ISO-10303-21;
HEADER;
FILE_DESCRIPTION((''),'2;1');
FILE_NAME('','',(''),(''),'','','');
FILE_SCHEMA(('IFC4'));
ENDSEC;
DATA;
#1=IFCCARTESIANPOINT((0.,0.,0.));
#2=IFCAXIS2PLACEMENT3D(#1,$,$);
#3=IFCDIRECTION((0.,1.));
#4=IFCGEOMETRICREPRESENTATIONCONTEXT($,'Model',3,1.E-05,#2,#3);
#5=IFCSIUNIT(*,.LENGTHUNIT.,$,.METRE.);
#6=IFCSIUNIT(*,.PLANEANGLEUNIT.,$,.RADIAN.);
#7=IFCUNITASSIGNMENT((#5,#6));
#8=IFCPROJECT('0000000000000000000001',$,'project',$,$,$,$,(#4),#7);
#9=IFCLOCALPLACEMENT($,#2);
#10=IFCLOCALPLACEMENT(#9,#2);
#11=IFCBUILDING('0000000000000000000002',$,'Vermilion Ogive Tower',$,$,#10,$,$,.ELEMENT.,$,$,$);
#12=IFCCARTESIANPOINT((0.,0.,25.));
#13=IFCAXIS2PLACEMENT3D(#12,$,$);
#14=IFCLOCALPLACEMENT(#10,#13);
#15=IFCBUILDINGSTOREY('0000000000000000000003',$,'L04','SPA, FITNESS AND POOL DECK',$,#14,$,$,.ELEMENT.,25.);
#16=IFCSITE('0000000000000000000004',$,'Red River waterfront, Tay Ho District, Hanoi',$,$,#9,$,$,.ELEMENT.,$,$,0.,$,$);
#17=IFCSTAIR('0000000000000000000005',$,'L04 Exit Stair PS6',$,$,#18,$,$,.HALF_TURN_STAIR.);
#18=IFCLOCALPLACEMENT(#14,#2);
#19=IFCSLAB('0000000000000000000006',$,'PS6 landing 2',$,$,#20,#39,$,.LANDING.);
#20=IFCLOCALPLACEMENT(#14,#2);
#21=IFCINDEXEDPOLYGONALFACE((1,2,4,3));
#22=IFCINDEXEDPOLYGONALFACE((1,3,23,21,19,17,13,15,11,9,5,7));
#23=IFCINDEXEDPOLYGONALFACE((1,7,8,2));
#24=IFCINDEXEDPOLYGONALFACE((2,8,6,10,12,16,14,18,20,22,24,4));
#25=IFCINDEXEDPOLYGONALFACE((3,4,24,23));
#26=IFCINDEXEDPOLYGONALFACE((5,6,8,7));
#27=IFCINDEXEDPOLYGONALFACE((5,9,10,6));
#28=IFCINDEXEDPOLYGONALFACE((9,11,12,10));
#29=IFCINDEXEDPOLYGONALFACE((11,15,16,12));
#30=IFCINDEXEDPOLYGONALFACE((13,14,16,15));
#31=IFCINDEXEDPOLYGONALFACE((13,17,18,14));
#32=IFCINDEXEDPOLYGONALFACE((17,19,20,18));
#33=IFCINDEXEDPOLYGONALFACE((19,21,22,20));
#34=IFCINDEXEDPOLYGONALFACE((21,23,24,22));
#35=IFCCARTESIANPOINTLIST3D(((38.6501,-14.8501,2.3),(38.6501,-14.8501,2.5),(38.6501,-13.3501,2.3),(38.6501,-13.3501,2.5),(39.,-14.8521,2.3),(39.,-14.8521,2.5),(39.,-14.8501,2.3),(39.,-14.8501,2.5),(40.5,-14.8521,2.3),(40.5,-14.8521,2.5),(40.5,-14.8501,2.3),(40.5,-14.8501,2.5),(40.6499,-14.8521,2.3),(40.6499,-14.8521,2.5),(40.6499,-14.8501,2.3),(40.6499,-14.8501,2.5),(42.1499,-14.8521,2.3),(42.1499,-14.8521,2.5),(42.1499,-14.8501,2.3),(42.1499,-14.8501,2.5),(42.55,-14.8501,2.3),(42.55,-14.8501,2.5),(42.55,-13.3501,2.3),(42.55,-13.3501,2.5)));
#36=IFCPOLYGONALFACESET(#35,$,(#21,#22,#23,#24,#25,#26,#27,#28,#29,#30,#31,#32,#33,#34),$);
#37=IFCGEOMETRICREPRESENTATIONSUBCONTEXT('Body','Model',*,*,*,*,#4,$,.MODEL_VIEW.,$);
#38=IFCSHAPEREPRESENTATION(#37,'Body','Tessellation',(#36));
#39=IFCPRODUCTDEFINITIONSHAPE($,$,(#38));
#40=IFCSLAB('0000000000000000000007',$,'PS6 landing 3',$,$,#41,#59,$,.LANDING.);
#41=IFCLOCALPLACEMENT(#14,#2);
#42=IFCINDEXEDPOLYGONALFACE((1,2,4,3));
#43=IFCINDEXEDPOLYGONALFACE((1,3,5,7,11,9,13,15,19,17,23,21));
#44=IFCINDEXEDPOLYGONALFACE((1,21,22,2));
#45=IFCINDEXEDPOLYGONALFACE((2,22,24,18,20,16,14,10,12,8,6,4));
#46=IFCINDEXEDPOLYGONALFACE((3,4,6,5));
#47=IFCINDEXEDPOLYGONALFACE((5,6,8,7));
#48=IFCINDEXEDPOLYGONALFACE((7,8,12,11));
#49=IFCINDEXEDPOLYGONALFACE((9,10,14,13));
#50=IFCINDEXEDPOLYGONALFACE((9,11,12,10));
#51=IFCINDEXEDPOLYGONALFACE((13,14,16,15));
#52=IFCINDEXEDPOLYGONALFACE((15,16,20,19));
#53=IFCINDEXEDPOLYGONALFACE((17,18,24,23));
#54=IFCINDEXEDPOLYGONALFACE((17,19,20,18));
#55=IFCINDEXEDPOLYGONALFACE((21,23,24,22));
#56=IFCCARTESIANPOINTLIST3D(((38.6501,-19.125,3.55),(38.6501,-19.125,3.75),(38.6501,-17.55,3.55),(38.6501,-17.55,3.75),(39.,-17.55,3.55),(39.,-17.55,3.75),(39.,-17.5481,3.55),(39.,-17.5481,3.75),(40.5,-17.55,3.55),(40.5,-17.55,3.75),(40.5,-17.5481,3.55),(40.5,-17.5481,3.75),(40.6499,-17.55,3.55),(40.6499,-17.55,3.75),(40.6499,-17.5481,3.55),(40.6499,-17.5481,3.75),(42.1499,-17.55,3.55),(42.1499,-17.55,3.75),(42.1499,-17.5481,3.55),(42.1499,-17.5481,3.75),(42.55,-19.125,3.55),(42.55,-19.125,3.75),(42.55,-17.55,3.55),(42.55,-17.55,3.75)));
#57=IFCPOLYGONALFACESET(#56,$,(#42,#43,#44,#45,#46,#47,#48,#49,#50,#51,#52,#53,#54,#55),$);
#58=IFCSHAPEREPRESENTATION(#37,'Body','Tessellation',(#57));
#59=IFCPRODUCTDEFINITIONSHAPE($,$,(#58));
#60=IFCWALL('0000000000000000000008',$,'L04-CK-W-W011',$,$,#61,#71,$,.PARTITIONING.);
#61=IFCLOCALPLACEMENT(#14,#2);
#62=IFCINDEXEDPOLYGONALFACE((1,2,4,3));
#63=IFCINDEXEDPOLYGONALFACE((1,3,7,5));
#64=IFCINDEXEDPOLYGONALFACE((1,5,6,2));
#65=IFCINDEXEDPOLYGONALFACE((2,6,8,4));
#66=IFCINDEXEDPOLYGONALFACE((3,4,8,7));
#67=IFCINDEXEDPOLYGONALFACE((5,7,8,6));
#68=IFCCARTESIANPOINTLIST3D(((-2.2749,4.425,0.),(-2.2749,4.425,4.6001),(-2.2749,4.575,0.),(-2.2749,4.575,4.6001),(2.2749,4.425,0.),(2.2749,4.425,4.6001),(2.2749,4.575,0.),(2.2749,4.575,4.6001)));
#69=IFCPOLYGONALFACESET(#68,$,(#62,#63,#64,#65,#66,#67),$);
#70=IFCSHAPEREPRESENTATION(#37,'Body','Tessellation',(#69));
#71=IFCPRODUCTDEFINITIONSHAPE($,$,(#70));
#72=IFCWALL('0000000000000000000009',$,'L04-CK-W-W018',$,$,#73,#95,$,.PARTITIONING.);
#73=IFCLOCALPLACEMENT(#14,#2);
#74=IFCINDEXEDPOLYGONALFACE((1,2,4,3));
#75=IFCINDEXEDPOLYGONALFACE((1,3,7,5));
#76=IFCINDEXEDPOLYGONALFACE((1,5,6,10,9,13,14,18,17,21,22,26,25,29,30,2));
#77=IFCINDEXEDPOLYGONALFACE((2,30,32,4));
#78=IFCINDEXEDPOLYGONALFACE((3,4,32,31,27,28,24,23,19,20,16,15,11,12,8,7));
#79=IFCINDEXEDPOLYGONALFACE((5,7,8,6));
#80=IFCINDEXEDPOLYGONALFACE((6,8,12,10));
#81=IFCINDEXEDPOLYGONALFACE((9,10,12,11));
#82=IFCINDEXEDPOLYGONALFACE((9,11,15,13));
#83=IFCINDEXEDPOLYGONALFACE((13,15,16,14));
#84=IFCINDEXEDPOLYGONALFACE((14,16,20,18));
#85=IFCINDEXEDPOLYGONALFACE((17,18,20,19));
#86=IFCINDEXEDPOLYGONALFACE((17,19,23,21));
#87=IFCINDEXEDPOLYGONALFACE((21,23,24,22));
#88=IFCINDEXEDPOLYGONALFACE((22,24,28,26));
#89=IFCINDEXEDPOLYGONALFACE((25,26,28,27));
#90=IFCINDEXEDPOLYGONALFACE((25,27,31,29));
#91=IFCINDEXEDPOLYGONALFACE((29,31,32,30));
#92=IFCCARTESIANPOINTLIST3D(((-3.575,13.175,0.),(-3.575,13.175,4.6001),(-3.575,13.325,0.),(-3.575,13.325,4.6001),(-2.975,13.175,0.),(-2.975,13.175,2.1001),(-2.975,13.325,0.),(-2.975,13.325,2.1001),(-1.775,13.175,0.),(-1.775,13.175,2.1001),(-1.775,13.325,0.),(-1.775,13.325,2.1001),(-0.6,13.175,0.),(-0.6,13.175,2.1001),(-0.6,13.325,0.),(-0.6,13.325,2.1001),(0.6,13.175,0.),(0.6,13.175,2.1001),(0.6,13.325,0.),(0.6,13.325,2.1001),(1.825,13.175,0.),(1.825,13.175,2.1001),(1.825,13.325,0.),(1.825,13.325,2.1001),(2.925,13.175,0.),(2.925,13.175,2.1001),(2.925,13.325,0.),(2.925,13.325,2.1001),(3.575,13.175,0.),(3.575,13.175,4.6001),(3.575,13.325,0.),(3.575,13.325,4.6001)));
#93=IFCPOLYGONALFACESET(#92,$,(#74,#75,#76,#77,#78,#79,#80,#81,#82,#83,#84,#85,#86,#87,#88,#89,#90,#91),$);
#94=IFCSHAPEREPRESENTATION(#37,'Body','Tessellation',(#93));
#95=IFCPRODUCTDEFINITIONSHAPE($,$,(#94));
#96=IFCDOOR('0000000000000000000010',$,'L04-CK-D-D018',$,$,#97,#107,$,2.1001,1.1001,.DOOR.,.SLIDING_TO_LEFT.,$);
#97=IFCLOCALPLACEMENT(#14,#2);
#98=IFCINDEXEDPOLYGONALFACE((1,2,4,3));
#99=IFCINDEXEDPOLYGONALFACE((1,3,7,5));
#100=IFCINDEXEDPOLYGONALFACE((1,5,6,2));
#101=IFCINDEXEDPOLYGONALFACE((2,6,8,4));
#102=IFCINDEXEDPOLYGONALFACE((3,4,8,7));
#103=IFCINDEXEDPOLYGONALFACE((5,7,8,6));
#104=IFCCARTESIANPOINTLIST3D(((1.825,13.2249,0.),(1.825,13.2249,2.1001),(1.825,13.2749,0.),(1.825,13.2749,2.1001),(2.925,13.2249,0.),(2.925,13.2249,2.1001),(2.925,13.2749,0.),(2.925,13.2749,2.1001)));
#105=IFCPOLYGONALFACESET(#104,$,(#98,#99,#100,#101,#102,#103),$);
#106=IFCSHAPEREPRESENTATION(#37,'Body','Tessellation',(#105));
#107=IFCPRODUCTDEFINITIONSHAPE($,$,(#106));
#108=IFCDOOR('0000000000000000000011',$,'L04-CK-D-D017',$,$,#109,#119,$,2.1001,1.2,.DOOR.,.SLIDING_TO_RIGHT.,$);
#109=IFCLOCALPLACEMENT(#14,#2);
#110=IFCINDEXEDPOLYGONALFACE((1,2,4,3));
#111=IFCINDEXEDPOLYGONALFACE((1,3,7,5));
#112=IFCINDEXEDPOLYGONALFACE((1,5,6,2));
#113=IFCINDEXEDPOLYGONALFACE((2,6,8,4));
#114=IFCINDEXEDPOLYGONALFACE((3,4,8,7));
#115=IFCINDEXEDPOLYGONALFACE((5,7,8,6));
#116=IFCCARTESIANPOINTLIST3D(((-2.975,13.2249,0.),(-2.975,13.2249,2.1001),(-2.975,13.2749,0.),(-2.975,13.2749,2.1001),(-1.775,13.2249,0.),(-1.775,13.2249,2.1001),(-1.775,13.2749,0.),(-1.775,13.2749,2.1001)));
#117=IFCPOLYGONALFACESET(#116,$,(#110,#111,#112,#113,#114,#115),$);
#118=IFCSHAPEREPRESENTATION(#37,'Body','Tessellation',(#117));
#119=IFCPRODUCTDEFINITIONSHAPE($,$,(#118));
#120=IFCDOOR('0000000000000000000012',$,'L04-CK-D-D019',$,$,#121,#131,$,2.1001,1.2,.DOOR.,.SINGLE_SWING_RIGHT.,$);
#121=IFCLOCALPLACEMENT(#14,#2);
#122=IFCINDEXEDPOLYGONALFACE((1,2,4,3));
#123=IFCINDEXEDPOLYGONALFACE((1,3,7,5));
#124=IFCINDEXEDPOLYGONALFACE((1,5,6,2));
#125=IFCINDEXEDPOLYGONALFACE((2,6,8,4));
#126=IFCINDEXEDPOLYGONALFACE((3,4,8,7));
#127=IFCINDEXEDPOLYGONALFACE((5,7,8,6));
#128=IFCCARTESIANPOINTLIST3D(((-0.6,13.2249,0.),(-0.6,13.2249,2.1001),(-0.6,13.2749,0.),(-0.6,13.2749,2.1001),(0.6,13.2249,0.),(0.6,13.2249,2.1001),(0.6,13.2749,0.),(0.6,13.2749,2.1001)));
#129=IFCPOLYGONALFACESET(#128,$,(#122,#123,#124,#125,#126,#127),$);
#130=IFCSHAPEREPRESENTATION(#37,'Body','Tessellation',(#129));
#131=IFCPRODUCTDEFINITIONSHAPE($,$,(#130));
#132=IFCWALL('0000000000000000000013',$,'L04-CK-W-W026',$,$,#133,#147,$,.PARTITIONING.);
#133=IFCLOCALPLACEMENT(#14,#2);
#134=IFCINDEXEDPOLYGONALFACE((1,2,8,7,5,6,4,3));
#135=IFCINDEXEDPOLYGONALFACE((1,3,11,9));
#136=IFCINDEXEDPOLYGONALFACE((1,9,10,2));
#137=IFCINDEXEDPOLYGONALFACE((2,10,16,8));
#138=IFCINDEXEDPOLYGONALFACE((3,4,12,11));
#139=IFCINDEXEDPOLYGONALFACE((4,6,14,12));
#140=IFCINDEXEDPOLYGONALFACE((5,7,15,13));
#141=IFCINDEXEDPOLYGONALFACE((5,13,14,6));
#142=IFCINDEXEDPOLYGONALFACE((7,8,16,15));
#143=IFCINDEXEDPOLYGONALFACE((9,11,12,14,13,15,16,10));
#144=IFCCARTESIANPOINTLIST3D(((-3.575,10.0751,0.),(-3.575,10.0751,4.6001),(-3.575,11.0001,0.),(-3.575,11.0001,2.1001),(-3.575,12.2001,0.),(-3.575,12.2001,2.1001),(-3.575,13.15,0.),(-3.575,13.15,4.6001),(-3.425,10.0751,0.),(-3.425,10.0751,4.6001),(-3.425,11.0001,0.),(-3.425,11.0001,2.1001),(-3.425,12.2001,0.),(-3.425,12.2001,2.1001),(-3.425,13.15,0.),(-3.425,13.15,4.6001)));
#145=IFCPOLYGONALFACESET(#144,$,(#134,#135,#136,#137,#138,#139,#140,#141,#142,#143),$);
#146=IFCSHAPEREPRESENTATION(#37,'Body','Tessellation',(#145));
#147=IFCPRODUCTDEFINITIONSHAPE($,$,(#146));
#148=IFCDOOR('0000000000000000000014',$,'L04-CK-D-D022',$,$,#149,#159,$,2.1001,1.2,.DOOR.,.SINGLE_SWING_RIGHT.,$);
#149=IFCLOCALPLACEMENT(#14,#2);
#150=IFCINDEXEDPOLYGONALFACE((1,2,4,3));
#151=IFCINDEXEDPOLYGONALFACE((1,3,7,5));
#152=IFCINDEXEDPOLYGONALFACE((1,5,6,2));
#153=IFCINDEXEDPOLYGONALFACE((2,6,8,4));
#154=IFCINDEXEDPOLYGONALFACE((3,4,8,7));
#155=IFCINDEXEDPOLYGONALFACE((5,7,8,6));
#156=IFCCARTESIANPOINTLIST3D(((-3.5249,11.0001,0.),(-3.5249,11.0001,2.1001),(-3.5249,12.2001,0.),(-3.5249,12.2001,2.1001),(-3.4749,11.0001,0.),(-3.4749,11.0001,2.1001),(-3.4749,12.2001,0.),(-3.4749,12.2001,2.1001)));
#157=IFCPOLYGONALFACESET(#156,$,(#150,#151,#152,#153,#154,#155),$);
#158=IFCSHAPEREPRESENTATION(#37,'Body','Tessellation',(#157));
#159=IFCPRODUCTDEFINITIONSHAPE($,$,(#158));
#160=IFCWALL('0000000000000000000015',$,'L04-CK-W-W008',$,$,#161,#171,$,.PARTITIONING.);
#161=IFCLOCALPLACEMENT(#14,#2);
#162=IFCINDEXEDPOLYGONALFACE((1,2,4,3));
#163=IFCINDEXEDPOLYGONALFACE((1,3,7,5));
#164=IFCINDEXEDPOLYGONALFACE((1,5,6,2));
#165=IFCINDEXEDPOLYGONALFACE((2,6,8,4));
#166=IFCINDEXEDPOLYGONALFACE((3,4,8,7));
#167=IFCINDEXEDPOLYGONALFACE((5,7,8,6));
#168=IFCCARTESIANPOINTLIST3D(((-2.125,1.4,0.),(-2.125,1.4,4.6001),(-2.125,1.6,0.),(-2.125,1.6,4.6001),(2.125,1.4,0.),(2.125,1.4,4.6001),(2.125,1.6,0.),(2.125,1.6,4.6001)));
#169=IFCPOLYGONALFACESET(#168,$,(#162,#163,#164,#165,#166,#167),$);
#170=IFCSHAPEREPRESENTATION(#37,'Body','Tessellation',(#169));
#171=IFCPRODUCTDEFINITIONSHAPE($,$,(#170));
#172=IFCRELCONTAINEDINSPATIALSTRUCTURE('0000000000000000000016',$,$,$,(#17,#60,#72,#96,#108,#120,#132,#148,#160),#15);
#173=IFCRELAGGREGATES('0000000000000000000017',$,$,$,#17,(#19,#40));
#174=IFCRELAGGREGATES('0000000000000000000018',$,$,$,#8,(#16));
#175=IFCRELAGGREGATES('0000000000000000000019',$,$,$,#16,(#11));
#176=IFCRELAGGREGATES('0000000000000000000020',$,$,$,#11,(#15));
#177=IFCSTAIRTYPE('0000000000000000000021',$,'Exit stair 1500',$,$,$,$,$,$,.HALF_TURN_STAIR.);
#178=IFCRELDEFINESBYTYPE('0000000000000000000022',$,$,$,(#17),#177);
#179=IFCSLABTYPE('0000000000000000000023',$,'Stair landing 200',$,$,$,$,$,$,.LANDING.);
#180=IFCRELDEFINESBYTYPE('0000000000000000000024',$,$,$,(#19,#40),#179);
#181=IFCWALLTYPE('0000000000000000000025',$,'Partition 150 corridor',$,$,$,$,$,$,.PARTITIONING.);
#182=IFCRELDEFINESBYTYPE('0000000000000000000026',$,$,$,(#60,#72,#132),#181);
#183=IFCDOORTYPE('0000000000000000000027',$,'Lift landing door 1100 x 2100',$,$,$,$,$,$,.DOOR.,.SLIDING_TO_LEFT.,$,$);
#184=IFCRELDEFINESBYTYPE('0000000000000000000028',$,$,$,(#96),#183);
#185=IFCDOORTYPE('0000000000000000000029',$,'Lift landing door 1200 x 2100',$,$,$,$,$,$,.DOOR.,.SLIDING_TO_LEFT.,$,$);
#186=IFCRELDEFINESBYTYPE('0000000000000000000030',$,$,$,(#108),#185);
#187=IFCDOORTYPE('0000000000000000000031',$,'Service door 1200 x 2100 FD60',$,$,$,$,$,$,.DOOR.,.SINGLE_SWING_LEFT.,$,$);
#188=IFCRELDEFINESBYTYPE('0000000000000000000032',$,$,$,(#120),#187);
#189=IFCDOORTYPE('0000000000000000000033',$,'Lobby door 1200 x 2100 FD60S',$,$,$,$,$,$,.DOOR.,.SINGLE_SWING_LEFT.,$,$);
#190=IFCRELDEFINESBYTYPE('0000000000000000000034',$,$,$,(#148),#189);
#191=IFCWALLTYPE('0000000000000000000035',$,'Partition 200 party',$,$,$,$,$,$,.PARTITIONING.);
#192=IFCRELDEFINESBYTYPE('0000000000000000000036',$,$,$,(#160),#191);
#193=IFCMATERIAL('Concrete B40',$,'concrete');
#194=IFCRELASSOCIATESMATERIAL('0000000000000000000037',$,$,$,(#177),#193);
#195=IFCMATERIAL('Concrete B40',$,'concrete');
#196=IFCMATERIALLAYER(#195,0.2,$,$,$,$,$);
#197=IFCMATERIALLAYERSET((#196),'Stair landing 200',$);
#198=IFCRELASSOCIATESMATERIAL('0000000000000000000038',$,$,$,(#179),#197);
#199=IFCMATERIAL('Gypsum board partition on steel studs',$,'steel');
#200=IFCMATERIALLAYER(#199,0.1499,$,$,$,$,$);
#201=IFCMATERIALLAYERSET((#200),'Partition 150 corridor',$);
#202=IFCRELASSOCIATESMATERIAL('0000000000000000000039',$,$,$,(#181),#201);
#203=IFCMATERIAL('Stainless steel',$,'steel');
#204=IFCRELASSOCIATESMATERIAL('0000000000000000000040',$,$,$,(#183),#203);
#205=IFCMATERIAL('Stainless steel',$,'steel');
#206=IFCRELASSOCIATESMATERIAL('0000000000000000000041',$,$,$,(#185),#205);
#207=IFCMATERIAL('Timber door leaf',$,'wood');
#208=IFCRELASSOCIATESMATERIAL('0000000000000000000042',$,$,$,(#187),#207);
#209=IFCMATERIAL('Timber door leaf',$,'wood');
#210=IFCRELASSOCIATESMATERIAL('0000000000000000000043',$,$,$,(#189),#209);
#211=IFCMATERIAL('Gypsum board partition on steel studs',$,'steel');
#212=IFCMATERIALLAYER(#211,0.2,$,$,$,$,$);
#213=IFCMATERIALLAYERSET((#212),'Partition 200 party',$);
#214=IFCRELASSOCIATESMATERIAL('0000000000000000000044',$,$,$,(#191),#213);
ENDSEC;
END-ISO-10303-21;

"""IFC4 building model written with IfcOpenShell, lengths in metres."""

from ifc_helpers import new_model, si_unit, direction, frame, frame_2d, origin, place, context, subcontext, project, spatial, polyline, rectangle, outline, extrude, material, layer, layer_set, type_object, element, fill, aggregate, save


model = new_model("IFC4")

# Units and contexts
model_context = context("Model", 3, precision=1e-05, world=origin(), true_north=direction((0.0, 1.0)))
body_context = subcontext(model_context, "Body", "Model", "MODEL_VIEW")
ifc_project = project(units=[si_unit("LENGTHUNIT", "METRE"), si_unit("PLANEANGLEUNIT", "RADIAN")], contexts=[model_context])

# Site, building, storey
site_placement = place(None, origin())
site = spatial("IfcSite", under=ifc_project, at=site_placement, Name="Red River waterfront, Tay Ho District, Hanoi", CompositionType="ELEMENT", RefElevation=0.0)
building_placement = place(site_placement, origin())
building = spatial("IfcBuilding", under=site, at=building_placement, Name="Vermilion Ogive Tower", CompositionType="ELEMENT")
storey_placement = place(building_placement, frame((0.0, 0.0, 25.0)))
storey = spatial("IfcBuildingStorey", under=building, at=storey_placement, Name="L04", Description="SPA, FITNESS AND POOL DECK", CompositionType="ELEMENT", Elevation=25.0)

# Shared definitions
ifc_material_1 = material(Name="Concrete B40", Category="concrete")
stair_type = type_object("IfcStairType", Name="Exit stair 1500", PredefinedType="HALF_TURN_STAIR", material=ifc_material_1)
ifc_material_2 = material(Name="Concrete B40", Category="concrete")
ifc_layer_1 = layer(ifc_material_2, 0.2)
ifc_layer_set_1 = layer_set([ifc_layer_1], Name="Stair landing 200")
slab_type_1 = type_object("IfcSlabType", Name="Stair landing 200", PredefinedType="LANDING", material=ifc_layer_set_1)

# Stair, slabs
stair_1_placement = place(storey_placement, origin())
stair_1 = element("IfcStair", 1, at=stair_1_placement, inside=storey, type_object=stair_type, Name="L04 Exit Stair PS6", PredefinedType="HALF_TURN_STAIR")
slab_1_placement = place(storey_placement, frame((0.0, 0.0, 2.3)))
slab_1 = element("IfcSlab", 2, at=slab_1_placement, type_object=slab_type_1, Name="PS6 landing 2", PredefinedType="LANDING", context=body_context, shape_type="SweptSolid", body=[
    extrude(outline(polyline([(38.6501, -14.8501), (39.0, -14.8501), (39.0, -14.8521), (40.5, -14.8521), (40.5, -14.8501), (40.6499, -14.8501), (40.6499, -14.8521), (42.1499, -14.8521), (42.1499, -14.8501), (42.55, -14.8501), (42.55, -13.3501), (38.6501, -13.3501), (38.6501, -14.8501)])), origin(), (0.0, 0.0, 1.0), 0.2),
])
slab_2_placement = place(storey_placement, frame((0.0, 0.0, 3.55)))
slab_2 = element("IfcSlab", 3, at=slab_2_placement, type_object=slab_type_1, Name="PS6 landing 3", PredefinedType="LANDING", context=body_context, shape_type="SweptSolid", body=[
    extrude(outline(polyline([(42.55, -17.55), (42.1499, -17.55), (42.1499, -17.5481), (40.6499, -17.5481), (40.6499, -17.55), (40.5, -17.55), (40.5, -17.5481), (39.0, -17.5481), (39.0, -17.55), (38.6501, -17.55), (38.6501, -19.125), (42.55, -19.125), (42.55, -17.55)])), origin(), (0.0, 0.0, 1.0), 0.2),
])
aggregate(stair_1, [slab_1, slab_2])

# Wall
ifc_material_3 = material(Name="Gypsum board partition on steel studs", Category="steel")
ifc_layer_2 = layer(ifc_material_3, 0.1499)
ifc_layer_set_2 = layer_set([ifc_layer_2], Name="Partition 150 corridor")
wall_type_1 = type_object("IfcWallType", Name="Partition 150 corridor", PredefinedType="PARTITIONING", material=ifc_layer_set_2)
wall_1_placement = place(storey_placement, frame((-2.2749, 4.5, 0.0), z_axis=(0.0, 0.0, 1.0), x_axis=(1.0, 0.0, 0.0)))
element("IfcWall", 4, at=wall_1_placement, inside=storey, type_object=wall_type_1, Name="L04-CK-W-W011", PredefinedType="PARTITIONING", context=body_context, shape_type="SweptSolid", body=[
    extrude(rectangle(XDim=4.5498, YDim=0.1499, at=frame_2d((2.2749, 0.0))), origin(), (0.0, 0.0, 1.0), 4.6001),
])

# Wall, openings, doors
wall_2_placement = place(storey_placement, frame((-3.575, 13.25, 0.0), z_axis=(0.0, 0.0, 1.0), x_axis=(1.0, 0.0, 0.0)))
wall_2 = element("IfcWall", 5, at=wall_2_placement, inside=storey, type_object=wall_type_1, Name="L04-CK-W-W018", PredefinedType="PARTITIONING", context=body_context, shape_type="SweptSolid", body=[
    extrude(rectangle(XDim=7.1499, YDim=0.1499, at=frame_2d((3.575, 0.0))), origin(), (0.0, 0.0, 1.0), 4.6001),
])
opening_1_placement = place(wall_2_placement, frame((0.5999, 0.0, 0.0)))
opening_1 = element("IfcOpeningElement", 6, at=opening_1_placement, cuts=wall_2, PredefinedType="OPENING", context=body_context, shape_type="SweptSolid", body=[
    extrude(rectangle(XDim=1.2, YDim=2.1001, at=frame_2d((0.6001, 1.05))), frame((0.0, 0.085, 0.0), z_axis=(0.0, -1.0, 0.0), x_axis=(1.0, 0.0, 0.0)), (0.0, 0.0, 1.0), 0.1699),
])
opening_2_placement = place(wall_2_placement, frame((5.3999, 0.0, 0.0)))
opening_2 = element("IfcOpeningElement", 7, at=opening_2_placement, cuts=wall_2, PredefinedType="OPENING", context=body_context, shape_type="SweptSolid", body=[
    extrude(rectangle(XDim=1.1001, YDim=2.1001, at=frame_2d((0.55, 1.05))), frame((0.0, 0.085, 0.0), z_axis=(0.0, -1.0, 0.0), x_axis=(1.0, 0.0, 0.0)), (0.0, 0.0, 1.0), 0.1699),
])
opening_3_placement = place(wall_2_placement, frame((2.9749, 0.0, 0.0)))
opening_3 = element("IfcOpeningElement", 8, at=opening_3_placement, cuts=wall_2, PredefinedType="OPENING", context=body_context, shape_type="SweptSolid", body=[
    extrude(rectangle(XDim=1.2, YDim=2.1001, at=frame_2d((0.6001, 1.05))), frame((0.0, 0.085, 0.0), z_axis=(0.0, -1.0, 0.0), x_axis=(1.0, 0.0, 0.0)), (0.0, 0.0, 1.0), 0.1699),
])
ifc_material_4 = material(Name="Stainless steel", Category="steel")
door_type_1 = type_object("IfcDoorType", Name="Lift landing door 1100 x 2100", OperationType="SLIDING_TO_LEFT", PredefinedType="DOOR", material=ifc_material_4)
door_1_placement = place(opening_2_placement, origin())
door_1 = element("IfcDoor", 9, at=door_1_placement, inside=storey, type_object=door_type_1, Name="L04-CK-D-D018", OperationType="SLIDING_TO_LEFT", OverallHeight=2.1001, OverallWidth=1.1001, PredefinedType="DOOR", context=body_context, shape_type="SweptSolid", body=[
    extrude(rectangle(XDim=1.1001, YDim=2.1001, at=frame_2d((0.55, 1.05))), frame((0.0, 0.0249, 0.0), z_axis=(0.0, -1.0, 0.0), x_axis=(1.0, 0.0, 0.0)), (0.0, 0.0, 1.0), 0.05),
])
fill(opening_2, door_1)
ifc_material_5 = material(Name="Stainless steel", Category="steel")
door_type_2 = type_object("IfcDoorType", Name="Lift landing door 1200 x 2100", OperationType="SLIDING_TO_LEFT", PredefinedType="DOOR", material=ifc_material_5)
door_2_placement = place(opening_1_placement, origin())
door_2 = element("IfcDoor", 10, at=door_2_placement, inside=storey, type_object=door_type_2, Name="L04-CK-D-D017", OperationType="SLIDING_TO_RIGHT", OverallHeight=2.1001, OverallWidth=1.2, PredefinedType="DOOR", context=body_context, shape_type="SweptSolid", body=[
    extrude(rectangle(XDim=1.2, YDim=2.1001, at=frame_2d((0.6001, 1.05))), frame((0.0, 0.0249, 0.0), z_axis=(0.0, -1.0, 0.0), x_axis=(1.0, 0.0, 0.0)), (0.0, 0.0, 1.0), 0.05),
])
fill(opening_1, door_2)
ifc_material_6 = material(Name="Timber door leaf", Category="wood")
door_type_3 = type_object("IfcDoorType", Name="Service door 1200 x 2100 FD60", OperationType="SINGLE_SWING_LEFT", PredefinedType="DOOR", material=ifc_material_6)
door_3_placement = place(opening_3_placement, origin())
door_3 = element("IfcDoor", 11, at=door_3_placement, inside=storey, type_object=door_type_3, Name="L04-CK-D-D019", OperationType="SINGLE_SWING_RIGHT", OverallHeight=2.1001, OverallWidth=1.2, PredefinedType="DOOR", context=body_context, shape_type="SweptSolid", body=[
    extrude(rectangle(XDim=1.2, YDim=2.1001, at=frame_2d((0.6001, 1.05))), frame((0.0, 0.0249, 0.0), z_axis=(0.0, -1.0, 0.0), x_axis=(1.0, 0.0, 0.0)), (0.0, 0.0, 1.0), 0.05),
])
fill(opening_3, door_3)

# Wall, opening, door
wall_3_placement = place(storey_placement, frame((-3.5, 10.075, 0.0), z_axis=(0.0, 0.0, 1.0), x_axis=(0.0, 1.0, 0.0)))
wall_3 = element("IfcWall", 12, at=wall_3_placement, inside=storey, type_object=wall_type_1, Name="L04-CK-W-W026", PredefinedType="PARTITIONING", context=body_context, shape_type="SweptSolid", body=[
    extrude(rectangle(XDim=3.075, YDim=0.1499, at=frame_2d((1.5376, 0.0))), origin(), (0.0, 0.0, 1.0), 4.6001),
])
opening_4_placement = place(wall_3_placement, frame((0.925, 0.0, 0.0)))
opening_4 = element("IfcOpeningElement", 13, at=opening_4_placement, cuts=wall_3, PredefinedType="OPENING", context=body_context, shape_type="SweptSolid", body=[
    extrude(rectangle(XDim=1.2, YDim=2.1001, at=frame_2d((0.6001, 1.05))), frame((0.0, 0.085, 0.0), z_axis=(0.0, -1.0, 0.0), x_axis=(1.0, 0.0, 0.0)), (0.0, 0.0, 1.0), 0.1699),
])
ifc_material_7 = material(Name="Timber door leaf", Category="wood")
door_type_4 = type_object("IfcDoorType", Name="Lobby door 1200 x 2100 FD60S", OperationType="SINGLE_SWING_LEFT", PredefinedType="DOOR", material=ifc_material_7)
door_4_placement = place(opening_4_placement, origin())
door_4 = element("IfcDoor", 14, at=door_4_placement, inside=storey, type_object=door_type_4, Name="L04-CK-D-D022", OperationType="SINGLE_SWING_RIGHT", OverallHeight=2.1001, OverallWidth=1.2, PredefinedType="DOOR", context=body_context, shape_type="SweptSolid", body=[
    extrude(rectangle(XDim=1.2, YDim=2.1001, at=frame_2d((0.6001, 1.05))), frame((0.0, 0.0249, 0.0), z_axis=(0.0, -1.0, 0.0), x_axis=(1.0, 0.0, 0.0)), (0.0, 0.0, 1.0), 0.05),
])
fill(opening_4, door_4)

# Wall
ifc_material_8 = material(Name="Gypsum board partition on steel studs", Category="steel")
ifc_layer_3 = layer(ifc_material_8, 0.2)
ifc_layer_set_3 = layer_set([ifc_layer_3], Name="Partition 200 party")
wall_type_2 = type_object("IfcWallType", Name="Partition 200 party", PredefinedType="PARTITIONING", material=ifc_layer_set_3)
wall_4_placement = place(storey_placement, frame((-2.125, 1.5, 0.0), z_axis=(0.0, 0.0, 1.0), x_axis=(1.0, 0.0, 0.0)))
element("IfcWall", 15, at=wall_4_placement, inside=storey, type_object=wall_type_2, Name="L04-CK-W-W008", PredefinedType="PARTITIONING", context=body_context, shape_type="SweptSolid", body=[
    extrude(rectangle(XDim=4.25, YDim=0.2, at=frame_2d((2.125, 0.0))), origin(), (0.0, 0.0, 1.0), 4.6001),
])

save(model, "model.ifc")
